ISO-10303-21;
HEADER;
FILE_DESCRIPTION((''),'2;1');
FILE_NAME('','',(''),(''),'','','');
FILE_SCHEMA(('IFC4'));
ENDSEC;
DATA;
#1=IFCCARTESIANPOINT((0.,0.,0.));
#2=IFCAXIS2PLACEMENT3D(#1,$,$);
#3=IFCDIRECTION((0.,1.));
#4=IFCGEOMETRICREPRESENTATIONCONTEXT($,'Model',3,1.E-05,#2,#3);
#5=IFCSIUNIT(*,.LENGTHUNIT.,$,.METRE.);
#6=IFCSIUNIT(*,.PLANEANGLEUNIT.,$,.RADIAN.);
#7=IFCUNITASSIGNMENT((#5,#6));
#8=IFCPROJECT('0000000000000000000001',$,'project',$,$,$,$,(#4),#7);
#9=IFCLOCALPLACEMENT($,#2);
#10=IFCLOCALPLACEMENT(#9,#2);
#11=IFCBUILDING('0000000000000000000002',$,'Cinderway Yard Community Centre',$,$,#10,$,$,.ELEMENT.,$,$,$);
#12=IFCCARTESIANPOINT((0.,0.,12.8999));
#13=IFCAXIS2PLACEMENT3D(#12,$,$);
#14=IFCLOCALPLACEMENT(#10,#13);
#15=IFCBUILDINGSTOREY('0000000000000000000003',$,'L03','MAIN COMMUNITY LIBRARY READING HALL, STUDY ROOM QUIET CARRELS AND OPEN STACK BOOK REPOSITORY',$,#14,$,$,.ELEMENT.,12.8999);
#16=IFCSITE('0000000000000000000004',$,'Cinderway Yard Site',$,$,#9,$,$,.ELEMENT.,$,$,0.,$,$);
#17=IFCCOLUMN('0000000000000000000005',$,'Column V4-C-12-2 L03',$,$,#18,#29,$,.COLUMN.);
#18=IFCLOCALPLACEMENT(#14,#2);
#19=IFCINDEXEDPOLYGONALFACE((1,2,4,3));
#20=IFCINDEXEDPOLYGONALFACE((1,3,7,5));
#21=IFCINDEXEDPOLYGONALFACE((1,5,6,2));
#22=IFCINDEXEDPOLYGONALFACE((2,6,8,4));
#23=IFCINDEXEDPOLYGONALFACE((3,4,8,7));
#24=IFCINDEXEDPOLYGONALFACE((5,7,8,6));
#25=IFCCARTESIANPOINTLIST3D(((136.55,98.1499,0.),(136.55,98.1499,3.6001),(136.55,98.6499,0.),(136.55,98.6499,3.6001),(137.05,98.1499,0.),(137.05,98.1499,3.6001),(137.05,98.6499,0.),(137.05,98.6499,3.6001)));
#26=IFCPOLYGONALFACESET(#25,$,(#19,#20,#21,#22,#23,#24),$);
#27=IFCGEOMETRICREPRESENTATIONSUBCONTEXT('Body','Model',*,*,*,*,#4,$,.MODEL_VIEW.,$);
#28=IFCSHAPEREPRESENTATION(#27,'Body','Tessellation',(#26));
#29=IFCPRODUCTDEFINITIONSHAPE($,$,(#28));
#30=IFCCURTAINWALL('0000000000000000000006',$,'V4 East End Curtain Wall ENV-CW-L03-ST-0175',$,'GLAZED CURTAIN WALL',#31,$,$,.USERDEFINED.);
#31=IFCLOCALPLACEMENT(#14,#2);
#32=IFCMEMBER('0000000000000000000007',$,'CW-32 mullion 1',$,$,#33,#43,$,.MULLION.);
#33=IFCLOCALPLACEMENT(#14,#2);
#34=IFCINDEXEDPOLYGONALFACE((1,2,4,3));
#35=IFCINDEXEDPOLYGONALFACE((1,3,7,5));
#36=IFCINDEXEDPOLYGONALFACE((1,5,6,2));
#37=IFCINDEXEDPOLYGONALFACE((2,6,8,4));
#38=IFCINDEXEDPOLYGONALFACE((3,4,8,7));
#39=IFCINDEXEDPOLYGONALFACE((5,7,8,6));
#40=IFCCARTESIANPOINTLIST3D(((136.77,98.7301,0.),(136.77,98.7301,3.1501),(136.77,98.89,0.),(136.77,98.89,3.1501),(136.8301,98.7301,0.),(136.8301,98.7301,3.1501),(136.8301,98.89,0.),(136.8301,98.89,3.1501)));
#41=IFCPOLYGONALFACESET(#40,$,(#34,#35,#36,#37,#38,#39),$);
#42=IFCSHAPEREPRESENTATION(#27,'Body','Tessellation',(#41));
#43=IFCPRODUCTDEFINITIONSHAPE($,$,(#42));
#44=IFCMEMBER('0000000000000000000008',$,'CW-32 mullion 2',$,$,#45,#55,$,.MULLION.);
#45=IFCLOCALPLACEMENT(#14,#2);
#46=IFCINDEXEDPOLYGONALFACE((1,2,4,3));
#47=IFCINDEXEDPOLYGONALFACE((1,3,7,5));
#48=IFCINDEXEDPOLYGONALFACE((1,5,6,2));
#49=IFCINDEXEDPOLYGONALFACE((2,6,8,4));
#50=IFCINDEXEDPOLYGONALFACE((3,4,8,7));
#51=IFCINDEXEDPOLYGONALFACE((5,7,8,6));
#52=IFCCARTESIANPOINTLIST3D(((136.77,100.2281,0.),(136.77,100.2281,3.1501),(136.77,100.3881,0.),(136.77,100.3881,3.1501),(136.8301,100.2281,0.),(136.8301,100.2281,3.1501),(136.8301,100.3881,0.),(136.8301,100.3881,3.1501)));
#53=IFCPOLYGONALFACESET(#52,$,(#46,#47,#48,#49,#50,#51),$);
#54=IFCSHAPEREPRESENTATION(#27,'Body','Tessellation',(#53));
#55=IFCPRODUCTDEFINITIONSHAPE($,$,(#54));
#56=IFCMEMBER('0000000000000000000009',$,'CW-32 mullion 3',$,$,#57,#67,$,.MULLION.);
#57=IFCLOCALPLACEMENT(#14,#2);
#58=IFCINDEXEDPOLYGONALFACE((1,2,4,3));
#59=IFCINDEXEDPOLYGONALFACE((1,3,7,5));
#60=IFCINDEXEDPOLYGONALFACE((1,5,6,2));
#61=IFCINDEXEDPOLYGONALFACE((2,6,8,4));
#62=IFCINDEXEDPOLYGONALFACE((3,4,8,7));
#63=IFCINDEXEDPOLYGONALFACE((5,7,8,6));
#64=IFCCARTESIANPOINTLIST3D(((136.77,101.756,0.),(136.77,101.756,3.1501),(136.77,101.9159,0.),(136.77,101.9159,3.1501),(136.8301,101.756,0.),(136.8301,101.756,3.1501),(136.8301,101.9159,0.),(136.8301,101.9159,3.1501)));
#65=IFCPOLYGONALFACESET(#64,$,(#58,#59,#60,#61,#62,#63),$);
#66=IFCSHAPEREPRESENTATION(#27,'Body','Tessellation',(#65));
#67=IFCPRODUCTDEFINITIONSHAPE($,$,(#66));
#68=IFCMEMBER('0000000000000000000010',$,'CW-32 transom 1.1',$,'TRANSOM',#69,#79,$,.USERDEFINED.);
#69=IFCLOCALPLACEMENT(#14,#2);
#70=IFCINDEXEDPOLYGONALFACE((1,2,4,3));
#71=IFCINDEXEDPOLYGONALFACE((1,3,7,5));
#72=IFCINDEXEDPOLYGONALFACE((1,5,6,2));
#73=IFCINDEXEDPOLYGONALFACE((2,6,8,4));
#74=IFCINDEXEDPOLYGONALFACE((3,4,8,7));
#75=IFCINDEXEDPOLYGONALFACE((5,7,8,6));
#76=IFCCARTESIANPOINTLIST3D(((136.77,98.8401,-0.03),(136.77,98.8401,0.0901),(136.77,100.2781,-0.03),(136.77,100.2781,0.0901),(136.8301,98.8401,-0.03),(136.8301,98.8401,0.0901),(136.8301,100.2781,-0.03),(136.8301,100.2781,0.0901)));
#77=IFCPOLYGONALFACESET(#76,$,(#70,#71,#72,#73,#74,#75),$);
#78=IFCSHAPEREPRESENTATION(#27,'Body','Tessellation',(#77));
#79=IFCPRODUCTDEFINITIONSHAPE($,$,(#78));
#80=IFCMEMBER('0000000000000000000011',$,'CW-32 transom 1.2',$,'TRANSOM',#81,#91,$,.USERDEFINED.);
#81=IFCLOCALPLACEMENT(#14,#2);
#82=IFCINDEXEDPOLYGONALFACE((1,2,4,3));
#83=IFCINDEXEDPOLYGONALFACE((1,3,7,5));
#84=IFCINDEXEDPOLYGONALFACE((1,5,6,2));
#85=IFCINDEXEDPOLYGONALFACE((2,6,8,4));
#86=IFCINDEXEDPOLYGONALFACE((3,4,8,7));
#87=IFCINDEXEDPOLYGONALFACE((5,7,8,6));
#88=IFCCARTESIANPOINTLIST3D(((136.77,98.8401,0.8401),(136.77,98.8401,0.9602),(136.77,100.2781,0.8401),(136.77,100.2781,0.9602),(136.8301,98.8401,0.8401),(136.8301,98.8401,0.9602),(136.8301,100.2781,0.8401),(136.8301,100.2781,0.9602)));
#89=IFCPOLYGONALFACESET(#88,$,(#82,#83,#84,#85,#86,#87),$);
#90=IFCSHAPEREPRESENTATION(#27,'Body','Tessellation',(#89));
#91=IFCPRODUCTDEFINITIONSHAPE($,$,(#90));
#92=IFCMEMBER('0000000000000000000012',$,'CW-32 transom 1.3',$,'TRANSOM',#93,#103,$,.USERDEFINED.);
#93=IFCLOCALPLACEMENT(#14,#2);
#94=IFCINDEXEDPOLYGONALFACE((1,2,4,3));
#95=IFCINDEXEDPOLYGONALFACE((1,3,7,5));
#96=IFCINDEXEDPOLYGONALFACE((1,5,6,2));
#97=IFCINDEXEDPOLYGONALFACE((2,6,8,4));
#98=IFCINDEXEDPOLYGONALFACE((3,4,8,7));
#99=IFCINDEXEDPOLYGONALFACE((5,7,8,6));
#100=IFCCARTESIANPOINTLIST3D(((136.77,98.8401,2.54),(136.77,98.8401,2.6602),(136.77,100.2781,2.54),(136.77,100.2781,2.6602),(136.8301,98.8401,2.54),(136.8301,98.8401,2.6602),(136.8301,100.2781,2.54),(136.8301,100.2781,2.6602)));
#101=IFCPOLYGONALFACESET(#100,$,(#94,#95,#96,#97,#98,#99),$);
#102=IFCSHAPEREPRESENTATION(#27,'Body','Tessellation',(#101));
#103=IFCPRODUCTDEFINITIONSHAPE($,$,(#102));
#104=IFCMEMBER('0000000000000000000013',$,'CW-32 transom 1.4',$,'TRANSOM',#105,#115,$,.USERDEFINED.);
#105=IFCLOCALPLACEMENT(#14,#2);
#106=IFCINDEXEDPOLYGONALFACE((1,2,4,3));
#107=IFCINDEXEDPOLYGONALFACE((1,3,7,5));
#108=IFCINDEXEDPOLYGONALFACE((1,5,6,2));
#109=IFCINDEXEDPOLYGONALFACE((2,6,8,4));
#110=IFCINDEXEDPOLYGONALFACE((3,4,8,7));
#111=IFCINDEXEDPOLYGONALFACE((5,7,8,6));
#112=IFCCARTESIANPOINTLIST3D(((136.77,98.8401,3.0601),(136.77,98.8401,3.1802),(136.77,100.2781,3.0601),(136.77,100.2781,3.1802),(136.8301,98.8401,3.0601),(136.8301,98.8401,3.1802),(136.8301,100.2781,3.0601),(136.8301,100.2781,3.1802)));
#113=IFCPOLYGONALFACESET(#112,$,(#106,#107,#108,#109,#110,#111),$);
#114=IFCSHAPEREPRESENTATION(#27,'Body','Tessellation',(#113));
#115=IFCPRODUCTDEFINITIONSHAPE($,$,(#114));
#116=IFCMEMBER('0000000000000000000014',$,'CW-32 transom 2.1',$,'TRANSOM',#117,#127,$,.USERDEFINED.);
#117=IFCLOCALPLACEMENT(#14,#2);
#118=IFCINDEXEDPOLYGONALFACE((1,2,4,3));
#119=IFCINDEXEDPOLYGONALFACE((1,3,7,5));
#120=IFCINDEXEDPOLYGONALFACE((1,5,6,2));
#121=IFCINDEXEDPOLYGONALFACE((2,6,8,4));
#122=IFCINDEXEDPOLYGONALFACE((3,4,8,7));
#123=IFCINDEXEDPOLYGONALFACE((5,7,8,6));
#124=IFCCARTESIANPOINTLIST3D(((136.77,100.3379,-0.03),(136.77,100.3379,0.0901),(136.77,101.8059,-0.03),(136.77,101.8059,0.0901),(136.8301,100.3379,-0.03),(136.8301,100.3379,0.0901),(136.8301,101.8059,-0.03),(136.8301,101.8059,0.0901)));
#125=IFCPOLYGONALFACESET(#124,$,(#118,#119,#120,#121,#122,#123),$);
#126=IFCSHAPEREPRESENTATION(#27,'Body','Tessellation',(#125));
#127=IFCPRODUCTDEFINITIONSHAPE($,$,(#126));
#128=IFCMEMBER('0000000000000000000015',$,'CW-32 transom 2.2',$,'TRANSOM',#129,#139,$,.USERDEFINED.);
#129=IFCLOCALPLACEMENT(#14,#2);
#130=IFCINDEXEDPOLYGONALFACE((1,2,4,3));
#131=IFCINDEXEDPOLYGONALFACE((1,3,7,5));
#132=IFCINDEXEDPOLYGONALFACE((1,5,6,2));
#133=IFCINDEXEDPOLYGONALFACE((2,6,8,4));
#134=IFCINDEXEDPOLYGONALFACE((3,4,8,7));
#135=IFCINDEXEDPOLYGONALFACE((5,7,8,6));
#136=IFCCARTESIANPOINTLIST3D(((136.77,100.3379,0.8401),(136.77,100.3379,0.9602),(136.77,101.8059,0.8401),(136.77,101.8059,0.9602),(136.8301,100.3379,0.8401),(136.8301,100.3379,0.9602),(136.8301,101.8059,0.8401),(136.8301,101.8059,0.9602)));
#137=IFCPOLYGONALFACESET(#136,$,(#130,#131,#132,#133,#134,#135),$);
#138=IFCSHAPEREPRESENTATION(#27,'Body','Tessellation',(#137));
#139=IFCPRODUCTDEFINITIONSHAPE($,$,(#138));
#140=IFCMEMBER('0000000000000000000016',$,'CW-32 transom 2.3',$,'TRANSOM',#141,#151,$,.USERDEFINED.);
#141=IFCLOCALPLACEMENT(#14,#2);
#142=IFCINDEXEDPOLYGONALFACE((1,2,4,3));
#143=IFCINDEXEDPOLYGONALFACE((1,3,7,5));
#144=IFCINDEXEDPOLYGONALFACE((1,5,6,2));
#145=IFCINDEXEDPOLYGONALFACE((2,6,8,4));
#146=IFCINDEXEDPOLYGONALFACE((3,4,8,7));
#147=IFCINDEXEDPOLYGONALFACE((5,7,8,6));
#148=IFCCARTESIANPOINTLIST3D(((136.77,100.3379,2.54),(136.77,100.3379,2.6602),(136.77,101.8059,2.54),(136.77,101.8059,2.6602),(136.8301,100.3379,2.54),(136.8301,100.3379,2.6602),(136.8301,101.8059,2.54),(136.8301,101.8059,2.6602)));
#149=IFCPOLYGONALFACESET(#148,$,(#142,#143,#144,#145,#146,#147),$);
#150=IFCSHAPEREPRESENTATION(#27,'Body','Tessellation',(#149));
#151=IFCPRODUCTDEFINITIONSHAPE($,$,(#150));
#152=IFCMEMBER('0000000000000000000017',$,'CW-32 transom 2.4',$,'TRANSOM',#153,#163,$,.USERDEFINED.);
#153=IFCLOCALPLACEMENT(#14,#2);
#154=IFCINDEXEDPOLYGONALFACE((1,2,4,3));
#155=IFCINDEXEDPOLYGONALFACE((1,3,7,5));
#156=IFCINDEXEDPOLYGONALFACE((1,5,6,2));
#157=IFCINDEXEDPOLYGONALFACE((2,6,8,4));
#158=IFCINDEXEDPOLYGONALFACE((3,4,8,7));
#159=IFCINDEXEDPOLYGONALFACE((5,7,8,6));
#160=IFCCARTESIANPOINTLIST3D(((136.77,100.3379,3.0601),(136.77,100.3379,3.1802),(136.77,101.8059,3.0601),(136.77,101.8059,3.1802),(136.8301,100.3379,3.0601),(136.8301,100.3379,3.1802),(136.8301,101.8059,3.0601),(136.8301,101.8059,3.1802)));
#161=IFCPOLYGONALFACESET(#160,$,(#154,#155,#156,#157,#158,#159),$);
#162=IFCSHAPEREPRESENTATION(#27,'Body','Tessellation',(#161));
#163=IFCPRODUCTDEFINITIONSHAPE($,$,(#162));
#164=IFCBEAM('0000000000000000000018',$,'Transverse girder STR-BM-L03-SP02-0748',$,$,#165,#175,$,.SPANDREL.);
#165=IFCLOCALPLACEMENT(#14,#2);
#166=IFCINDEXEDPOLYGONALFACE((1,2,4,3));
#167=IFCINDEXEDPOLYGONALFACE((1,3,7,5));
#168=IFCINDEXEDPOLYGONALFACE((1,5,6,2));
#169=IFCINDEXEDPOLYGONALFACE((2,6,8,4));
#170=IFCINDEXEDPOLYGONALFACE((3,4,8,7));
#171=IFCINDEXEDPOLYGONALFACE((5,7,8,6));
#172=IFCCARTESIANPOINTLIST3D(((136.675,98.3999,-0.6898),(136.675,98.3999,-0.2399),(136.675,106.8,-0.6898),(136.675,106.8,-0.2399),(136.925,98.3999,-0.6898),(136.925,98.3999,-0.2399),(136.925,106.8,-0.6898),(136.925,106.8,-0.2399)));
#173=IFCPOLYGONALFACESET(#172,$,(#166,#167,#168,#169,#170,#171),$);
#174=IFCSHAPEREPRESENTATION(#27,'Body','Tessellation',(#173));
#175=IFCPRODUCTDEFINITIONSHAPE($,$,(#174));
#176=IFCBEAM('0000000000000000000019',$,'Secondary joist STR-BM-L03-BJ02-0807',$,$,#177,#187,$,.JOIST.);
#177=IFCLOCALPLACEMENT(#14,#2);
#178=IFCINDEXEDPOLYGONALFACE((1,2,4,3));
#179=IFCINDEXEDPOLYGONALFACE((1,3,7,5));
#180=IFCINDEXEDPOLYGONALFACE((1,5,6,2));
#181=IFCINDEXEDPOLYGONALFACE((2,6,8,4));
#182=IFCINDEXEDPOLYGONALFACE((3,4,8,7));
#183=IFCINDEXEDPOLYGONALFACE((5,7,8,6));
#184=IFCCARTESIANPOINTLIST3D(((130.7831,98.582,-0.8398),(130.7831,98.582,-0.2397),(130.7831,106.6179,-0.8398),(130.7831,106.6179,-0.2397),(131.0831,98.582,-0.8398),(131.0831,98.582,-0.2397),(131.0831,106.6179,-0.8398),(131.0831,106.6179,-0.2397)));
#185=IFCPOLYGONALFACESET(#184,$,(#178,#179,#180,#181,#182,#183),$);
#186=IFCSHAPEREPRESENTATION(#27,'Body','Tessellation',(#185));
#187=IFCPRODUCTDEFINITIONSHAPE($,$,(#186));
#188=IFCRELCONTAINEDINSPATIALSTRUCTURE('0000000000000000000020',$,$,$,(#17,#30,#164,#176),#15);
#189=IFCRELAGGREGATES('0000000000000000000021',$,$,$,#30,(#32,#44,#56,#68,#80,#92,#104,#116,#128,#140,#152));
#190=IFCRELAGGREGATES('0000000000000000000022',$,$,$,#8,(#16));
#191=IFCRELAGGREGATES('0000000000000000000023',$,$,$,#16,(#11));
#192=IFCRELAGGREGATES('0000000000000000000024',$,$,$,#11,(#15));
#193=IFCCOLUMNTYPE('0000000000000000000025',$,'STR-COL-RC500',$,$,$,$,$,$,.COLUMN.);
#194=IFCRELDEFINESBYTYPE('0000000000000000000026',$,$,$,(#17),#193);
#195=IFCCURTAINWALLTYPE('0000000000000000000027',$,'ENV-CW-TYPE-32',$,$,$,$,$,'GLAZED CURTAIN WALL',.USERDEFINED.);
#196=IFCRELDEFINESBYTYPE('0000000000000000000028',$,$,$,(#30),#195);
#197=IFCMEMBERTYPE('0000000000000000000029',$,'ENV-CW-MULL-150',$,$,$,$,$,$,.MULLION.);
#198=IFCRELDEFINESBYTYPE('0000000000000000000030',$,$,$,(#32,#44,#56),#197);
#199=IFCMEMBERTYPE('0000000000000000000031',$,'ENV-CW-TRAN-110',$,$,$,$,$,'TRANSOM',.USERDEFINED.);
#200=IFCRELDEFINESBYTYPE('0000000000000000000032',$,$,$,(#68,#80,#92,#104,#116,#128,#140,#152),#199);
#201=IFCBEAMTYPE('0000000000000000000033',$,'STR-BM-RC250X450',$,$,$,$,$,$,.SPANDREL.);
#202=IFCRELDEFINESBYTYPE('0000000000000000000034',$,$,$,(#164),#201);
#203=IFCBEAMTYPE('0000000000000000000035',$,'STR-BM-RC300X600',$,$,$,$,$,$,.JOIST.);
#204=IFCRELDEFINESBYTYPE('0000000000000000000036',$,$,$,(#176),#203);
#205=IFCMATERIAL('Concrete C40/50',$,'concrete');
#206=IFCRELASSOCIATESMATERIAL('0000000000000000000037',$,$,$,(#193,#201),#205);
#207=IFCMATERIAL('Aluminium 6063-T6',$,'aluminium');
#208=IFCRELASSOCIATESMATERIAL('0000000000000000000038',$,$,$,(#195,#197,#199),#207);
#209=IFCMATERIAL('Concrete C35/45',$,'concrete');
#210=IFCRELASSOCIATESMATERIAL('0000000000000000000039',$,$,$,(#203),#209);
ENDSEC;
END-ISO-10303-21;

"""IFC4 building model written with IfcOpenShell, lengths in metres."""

from ifc_helpers import new_model, si_unit, direction, frame, origin, origin_2d, place, context, subcontext, project, spatial, rectangle, extrude, material, material_profile, profile_set, type_object, element, aggregate, save


model = new_model("IFC4")

# Units and contexts
model_context = context("Model", 3, precision=1e-05, world=origin(), true_north=direction((0.0, 1.0)))
body_context = subcontext(model_context, "Body", "Model", "MODEL_VIEW")
ifc_project = project(units=[si_unit("LENGTHUNIT", "METRE"), si_unit("PLANEANGLEUNIT", "RADIAN")], contexts=[model_context])

# Site, building, storey
site_placement = place(None, origin())
site = spatial("IfcSite", under=ifc_project, at=site_placement, Name="Cinderway Yard Site", CompositionType="ELEMENT", RefElevation=0.0)
building_placement = place(site_placement, origin())
building = spatial("IfcBuilding", under=site, at=building_placement, Name="Cinderway Yard Community Centre", CompositionType="ELEMENT")
storey_placement = place(building_placement, frame((0.0, 0.0, 12.8999)))
storey = spatial("IfcBuildingStorey", under=building, at=storey_placement, Name="L03", Description="MAIN COMMUNITY LIBRARY READING HALL, STUDY ROOM QUIET CARRELS AND OPEN STACK BOOK REPOSITORY", CompositionType="ELEMENT", Elevation=12.8999)

# Column
ifc_material_1 = material(Name="Concrete C40/50", Category="concrete")
ifc_material_profile_1 = material_profile(ifc_material_1, rectangle(XDim=0.5, YDim=0.5, at=origin_2d()), Name="Concrete C40/50")
ifc_profile_set_1 = profile_set([ifc_material_profile_1], Name="Concrete C40/50")
column_type = type_object("IfcColumnType", Name="STR-COL-RC500", PredefinedType="COLUMN", material=ifc_profile_set_1)
column_placement = place(storey_placement, frame((136.8, 98.3999, 0.0), z_axis=(0.0, 0.0, 1.0), x_axis=(1.0, 0.0, 0.0)))
element("IfcColumn", 1, at=column_placement, inside=storey, type_object=column_type, Name="Column V4-C-12-2 L03", PredefinedType="COLUMN", context=body_context, shape_type="SweptSolid", body=[
    extrude(rectangle(XDim=0.5, YDim=0.5, at=origin_2d()), origin(), (0.0, 0.0, 1.0), 3.6001),
])

# Curtain wall, members
ifc_material_2 = material(Name="Aluminium 6063-T6", Category="aluminium")
curtain_wall_type = type_object("IfcCurtainWallType", Name="ENV-CW-TYPE-32", ElementType="GLAZED CURTAIN WALL", PredefinedType="USERDEFINED", material=ifc_material_2)
curtain_wall_placement = place(storey_placement, origin())
curtain_wall = element("IfcCurtainWall", 2, at=curtain_wall_placement, inside=storey, type_object=curtain_wall_type, Name="V4 East End Curtain Wall ENV-CW-L03-ST-0175", ObjectType="GLAZED CURTAIN WALL", PredefinedType="USERDEFINED")
ifc_material_profile_2 = material_profile(ifc_material_2, rectangle(XDim=0.0601, YDim=0.1599, at=origin_2d()), Name="Aluminium 6063-T6")
ifc_profile_set_2 = profile_set([ifc_material_profile_2], Name="Aluminium 6063-T6")
member_type_1 = type_object("IfcMemberType", Name="ENV-CW-MULL-150", PredefinedType="MULLION", material=ifc_profile_set_2)
member_1_placement = place(storey_placement, frame((136.8, 98.8101, 0.0), z_axis=(0.0, 0.0, 1.0), x_axis=(-1.0, 0.0, 0.0)))
member_1 = element("IfcMember", 3, at=member_1_placement, type_object=member_type_1, Name="CW-32 mullion 1", PredefinedType="MULLION", context=body_context, shape_type="SweptSolid", body=[
    extrude(rectangle(XDim=0.0601, YDim=0.1599, at=origin_2d()), origin(), (0.0, 0.0, 1.0), 3.1501),
])
member_2_placement = place(storey_placement, frame((136.8, 100.3081, 0.0), z_axis=(0.0, 0.0, 1.0), x_axis=(-1.0, 0.0, 0.0)))
member_2 = element("IfcMember", 4, at=member_2_placement, type_object=member_type_1, Name="CW-32 mullion 2", PredefinedType="MULLION", context=body_context, shape_type="SweptSolid", body=[
    extrude(rectangle(XDim=0.0601, YDim=0.1599, at=origin_2d()), origin(), (0.0, 0.0, 1.0), 3.1501),
])
member_3_placement = place(storey_placement, frame((136.8, 101.8359, 0.0), z_axis=(0.0, 0.0, 1.0), x_axis=(-1.0, 0.0, 0.0)))
member_3 = element("IfcMember", 5, at=member_3_placement, type_object=member_type_1, Name="CW-32 mullion 3", PredefinedType="MULLION", context=body_context, shape_type="SweptSolid", body=[
    extrude(rectangle(XDim=0.0601, YDim=0.1599, at=origin_2d()), origin(), (0.0, 0.0, 1.0), 3.1501),
])
ifc_material_profile_3 = material_profile(ifc_material_2, rectangle(XDim=0.0601, YDim=0.1201, at=origin_2d()), Name="Aluminium 6063-T6")
ifc_profile_set_3 = profile_set([ifc_material_profile_3], Name="Aluminium 6063-T6")
member_type_2 = type_object("IfcMemberType", Name="ENV-CW-TRAN-110", ElementType="TRANSOM", PredefinedType="USERDEFINED", material=ifc_profile_set_3)
member_4_placement = place(storey_placement, frame((136.8, 98.8401, 0.03), z_axis=(0.0, 1.0, 0.0), x_axis=(-1.0, 0.0, 0.0)))
member_4 = element("IfcMember", 6, at=member_4_placement, type_object=member_type_2, Name="CW-32 transom 1.1", ObjectType="TRANSOM", PredefinedType="USERDEFINED", context=body_context, shape_type="SweptSolid", body=[
    extrude(rectangle(XDim=0.0601, YDim=0.1201, at=origin_2d()), origin(), (0.0, 0.0, 1.0), 1.438),
])
member_5_placement = place(storey_placement, frame((136.8, 98.8401, 0.9001), z_axis=(0.0, 1.0, 0.0), x_axis=(-1.0, 0.0, 0.0)))
member_5 = element("IfcMember", 7, at=member_5_placement, type_object=member_type_2, Name="CW-32 transom 1.2", ObjectType="TRANSOM", PredefinedType="USERDEFINED", context=body_context, shape_type="SweptSolid", body=[
    extrude(rectangle(XDim=0.0601, YDim=0.1201, at=origin_2d()), origin(), (0.0, 0.0, 1.0), 1.438),
])
member_6_placement = place(storey_placement, frame((136.8, 98.8401, 2.6001), z_axis=(0.0, 1.0, 0.0), x_axis=(-1.0, 0.0, 0.0)))
member_6 = element("IfcMember", 8, at=member_6_placement, type_object=member_type_2, Name="CW-32 transom 1.3", ObjectType="TRANSOM", PredefinedType="USERDEFINED", context=body_context, shape_type="SweptSolid", body=[
    extrude(rectangle(XDim=0.0601, YDim=0.1201, at=origin_2d()), origin(), (0.0, 0.0, 1.0), 1.438),
])
member_7_placement = place(storey_placement, frame((136.8, 98.8401, 3.1201), z_axis=(0.0, 1.0, 0.0), x_axis=(-1.0, 0.0, 0.0)))
member_7 = element("IfcMember", 9, at=member_7_placement, type_object=member_type_2, Name="CW-32 transom 1.4", ObjectType="TRANSOM", PredefinedType="USERDEFINED", context=body_context, shape_type="SweptSolid", body=[
    extrude(rectangle(XDim=0.0601, YDim=0.1201, at=origin_2d()), origin(), (0.0, 0.0, 1.0), 1.438),
])
member_8_placement = place(storey_placement, frame((136.8, 100.3379, 0.03), z_axis=(0.0, 1.0, 0.0), x_axis=(-1.0, 0.0, 0.0)))
member_8 = element("IfcMember", 10, at=member_8_placement, type_object=member_type_2, Name="CW-32 transom 2.1", ObjectType="TRANSOM", PredefinedType="USERDEFINED", context=body_context, shape_type="SweptSolid", body=[
    extrude(rectangle(XDim=0.0601, YDim=0.1201, at=origin_2d()), origin(), (0.0, 0.0, 1.0), 1.468),
])
member_9_placement = place(storey_placement, frame((136.8, 100.3379, 0.9001), z_axis=(0.0, 1.0, 0.0), x_axis=(-1.0, 0.0, 0.0)))
member_9 = element("IfcMember", 11, at=member_9_placement, type_object=member_type_2, Name="CW-32 transom 2.2", ObjectType="TRANSOM", PredefinedType="USERDEFINED", context=body_context, shape_type="SweptSolid", body=[
    extrude(rectangle(XDim=0.0601, YDim=0.1201, at=origin_2d()), origin(), (0.0, 0.0, 1.0), 1.468),
])
member_10_placement = place(storey_placement, frame((136.8, 100.3379, 2.6001), z_axis=(0.0, 1.0, 0.0), x_axis=(-1.0, 0.0, 0.0)))
member_10 = element("IfcMember", 12, at=member_10_placement, type_object=member_type_2, Name="CW-32 transom 2.3", ObjectType="TRANSOM", PredefinedType="USERDEFINED", context=body_context, shape_type="SweptSolid", body=[
    extrude(rectangle(XDim=0.0601, YDim=0.1201, at=origin_2d()), origin(), (0.0, 0.0, 1.0), 1.468),
])
member_11_placement = place(storey_placement, frame((136.8, 100.3379, 3.1201), z_axis=(0.0, 1.0, 0.0), x_axis=(-1.0, 0.0, 0.0)))
member_11 = element("IfcMember", 13, at=member_11_placement, type_object=member_type_2, Name="CW-32 transom 2.4", ObjectType="TRANSOM", PredefinedType="USERDEFINED", context=body_context, shape_type="SweptSolid", body=[
    extrude(rectangle(XDim=0.0601, YDim=0.1201, at=origin_2d()), origin(), (0.0, 0.0, 1.0), 1.468),
])

# Beams
ifc_material_profile_4 = material_profile(ifc_material_1, rectangle(XDim=0.25, YDim=0.45, at=origin_2d()), Name="Concrete C40/50")
ifc_profile_set_4 = profile_set([ifc_material_profile_4], Name="Concrete C40/50")
beam_type_1 = type_object("IfcBeamType", Name="STR-BM-RC250X450", PredefinedType="SPANDREL", material=ifc_profile_set_4)
beam_placement = place(storey_placement, frame((136.8, 98.3999, -0.4648), z_axis=(0.0, 1.0, 0.0), x_axis=(-1.0, 0.0, 0.0)))
element("IfcBeam", 14, at=beam_placement, inside=storey, type_object=beam_type_1, Name="Transverse girder STR-BM-L03-SP02-0748", PredefinedType="SPANDREL", context=body_context, shape_type="SweptSolid", body=[
    extrude(rectangle(XDim=0.25, YDim=0.45, at=origin_2d()), origin(), (0.0, 0.0, 1.0), 8.4001),
])
ifc_material_3 = material(Name="Concrete C35/45", Category="concrete")
ifc_material_profile_5 = material_profile(ifc_material_3, rectangle(XDim=0.3, YDim=0.6001, at=origin_2d()), Name="Concrete C35/45")
ifc_profile_set_5 = profile_set([ifc_material_profile_5], Name="Concrete C35/45")
beam_type_2 = type_object("IfcBeamType", Name="STR-BM-RC300X600", PredefinedType="JOIST", material=ifc_profile_set_5)
for number, where, z_axis, x_axis, name in (
    (15, (130.9331, 98.582, -0.5398), (0.0, 1.0, 0.0), (-1.0, 0.0, 0.0), "Secondary joist STR-BM-L03-BJ02-0807"),
):
    element("IfcBeam", number, at=place(storey_placement, frame(where, z_axis=z_axis, x_axis=x_axis)), inside=storey, type_object=beam_type_2, Name=name, PredefinedType="JOIST", context=body_context, shape_type="SweptSolid", body=[
        extrude(rectangle(XDim=0.3, YDim=0.6001, at=origin_2d()), origin(), (0.0, 0.0, 1.0), 8.0359),
    ])

aggregate(curtain_wall, [member_1, member_2, member_3, member_4, member_5, member_6, member_7, member_8, member_9, member_10, member_11])

save(model, "model.ifc")
